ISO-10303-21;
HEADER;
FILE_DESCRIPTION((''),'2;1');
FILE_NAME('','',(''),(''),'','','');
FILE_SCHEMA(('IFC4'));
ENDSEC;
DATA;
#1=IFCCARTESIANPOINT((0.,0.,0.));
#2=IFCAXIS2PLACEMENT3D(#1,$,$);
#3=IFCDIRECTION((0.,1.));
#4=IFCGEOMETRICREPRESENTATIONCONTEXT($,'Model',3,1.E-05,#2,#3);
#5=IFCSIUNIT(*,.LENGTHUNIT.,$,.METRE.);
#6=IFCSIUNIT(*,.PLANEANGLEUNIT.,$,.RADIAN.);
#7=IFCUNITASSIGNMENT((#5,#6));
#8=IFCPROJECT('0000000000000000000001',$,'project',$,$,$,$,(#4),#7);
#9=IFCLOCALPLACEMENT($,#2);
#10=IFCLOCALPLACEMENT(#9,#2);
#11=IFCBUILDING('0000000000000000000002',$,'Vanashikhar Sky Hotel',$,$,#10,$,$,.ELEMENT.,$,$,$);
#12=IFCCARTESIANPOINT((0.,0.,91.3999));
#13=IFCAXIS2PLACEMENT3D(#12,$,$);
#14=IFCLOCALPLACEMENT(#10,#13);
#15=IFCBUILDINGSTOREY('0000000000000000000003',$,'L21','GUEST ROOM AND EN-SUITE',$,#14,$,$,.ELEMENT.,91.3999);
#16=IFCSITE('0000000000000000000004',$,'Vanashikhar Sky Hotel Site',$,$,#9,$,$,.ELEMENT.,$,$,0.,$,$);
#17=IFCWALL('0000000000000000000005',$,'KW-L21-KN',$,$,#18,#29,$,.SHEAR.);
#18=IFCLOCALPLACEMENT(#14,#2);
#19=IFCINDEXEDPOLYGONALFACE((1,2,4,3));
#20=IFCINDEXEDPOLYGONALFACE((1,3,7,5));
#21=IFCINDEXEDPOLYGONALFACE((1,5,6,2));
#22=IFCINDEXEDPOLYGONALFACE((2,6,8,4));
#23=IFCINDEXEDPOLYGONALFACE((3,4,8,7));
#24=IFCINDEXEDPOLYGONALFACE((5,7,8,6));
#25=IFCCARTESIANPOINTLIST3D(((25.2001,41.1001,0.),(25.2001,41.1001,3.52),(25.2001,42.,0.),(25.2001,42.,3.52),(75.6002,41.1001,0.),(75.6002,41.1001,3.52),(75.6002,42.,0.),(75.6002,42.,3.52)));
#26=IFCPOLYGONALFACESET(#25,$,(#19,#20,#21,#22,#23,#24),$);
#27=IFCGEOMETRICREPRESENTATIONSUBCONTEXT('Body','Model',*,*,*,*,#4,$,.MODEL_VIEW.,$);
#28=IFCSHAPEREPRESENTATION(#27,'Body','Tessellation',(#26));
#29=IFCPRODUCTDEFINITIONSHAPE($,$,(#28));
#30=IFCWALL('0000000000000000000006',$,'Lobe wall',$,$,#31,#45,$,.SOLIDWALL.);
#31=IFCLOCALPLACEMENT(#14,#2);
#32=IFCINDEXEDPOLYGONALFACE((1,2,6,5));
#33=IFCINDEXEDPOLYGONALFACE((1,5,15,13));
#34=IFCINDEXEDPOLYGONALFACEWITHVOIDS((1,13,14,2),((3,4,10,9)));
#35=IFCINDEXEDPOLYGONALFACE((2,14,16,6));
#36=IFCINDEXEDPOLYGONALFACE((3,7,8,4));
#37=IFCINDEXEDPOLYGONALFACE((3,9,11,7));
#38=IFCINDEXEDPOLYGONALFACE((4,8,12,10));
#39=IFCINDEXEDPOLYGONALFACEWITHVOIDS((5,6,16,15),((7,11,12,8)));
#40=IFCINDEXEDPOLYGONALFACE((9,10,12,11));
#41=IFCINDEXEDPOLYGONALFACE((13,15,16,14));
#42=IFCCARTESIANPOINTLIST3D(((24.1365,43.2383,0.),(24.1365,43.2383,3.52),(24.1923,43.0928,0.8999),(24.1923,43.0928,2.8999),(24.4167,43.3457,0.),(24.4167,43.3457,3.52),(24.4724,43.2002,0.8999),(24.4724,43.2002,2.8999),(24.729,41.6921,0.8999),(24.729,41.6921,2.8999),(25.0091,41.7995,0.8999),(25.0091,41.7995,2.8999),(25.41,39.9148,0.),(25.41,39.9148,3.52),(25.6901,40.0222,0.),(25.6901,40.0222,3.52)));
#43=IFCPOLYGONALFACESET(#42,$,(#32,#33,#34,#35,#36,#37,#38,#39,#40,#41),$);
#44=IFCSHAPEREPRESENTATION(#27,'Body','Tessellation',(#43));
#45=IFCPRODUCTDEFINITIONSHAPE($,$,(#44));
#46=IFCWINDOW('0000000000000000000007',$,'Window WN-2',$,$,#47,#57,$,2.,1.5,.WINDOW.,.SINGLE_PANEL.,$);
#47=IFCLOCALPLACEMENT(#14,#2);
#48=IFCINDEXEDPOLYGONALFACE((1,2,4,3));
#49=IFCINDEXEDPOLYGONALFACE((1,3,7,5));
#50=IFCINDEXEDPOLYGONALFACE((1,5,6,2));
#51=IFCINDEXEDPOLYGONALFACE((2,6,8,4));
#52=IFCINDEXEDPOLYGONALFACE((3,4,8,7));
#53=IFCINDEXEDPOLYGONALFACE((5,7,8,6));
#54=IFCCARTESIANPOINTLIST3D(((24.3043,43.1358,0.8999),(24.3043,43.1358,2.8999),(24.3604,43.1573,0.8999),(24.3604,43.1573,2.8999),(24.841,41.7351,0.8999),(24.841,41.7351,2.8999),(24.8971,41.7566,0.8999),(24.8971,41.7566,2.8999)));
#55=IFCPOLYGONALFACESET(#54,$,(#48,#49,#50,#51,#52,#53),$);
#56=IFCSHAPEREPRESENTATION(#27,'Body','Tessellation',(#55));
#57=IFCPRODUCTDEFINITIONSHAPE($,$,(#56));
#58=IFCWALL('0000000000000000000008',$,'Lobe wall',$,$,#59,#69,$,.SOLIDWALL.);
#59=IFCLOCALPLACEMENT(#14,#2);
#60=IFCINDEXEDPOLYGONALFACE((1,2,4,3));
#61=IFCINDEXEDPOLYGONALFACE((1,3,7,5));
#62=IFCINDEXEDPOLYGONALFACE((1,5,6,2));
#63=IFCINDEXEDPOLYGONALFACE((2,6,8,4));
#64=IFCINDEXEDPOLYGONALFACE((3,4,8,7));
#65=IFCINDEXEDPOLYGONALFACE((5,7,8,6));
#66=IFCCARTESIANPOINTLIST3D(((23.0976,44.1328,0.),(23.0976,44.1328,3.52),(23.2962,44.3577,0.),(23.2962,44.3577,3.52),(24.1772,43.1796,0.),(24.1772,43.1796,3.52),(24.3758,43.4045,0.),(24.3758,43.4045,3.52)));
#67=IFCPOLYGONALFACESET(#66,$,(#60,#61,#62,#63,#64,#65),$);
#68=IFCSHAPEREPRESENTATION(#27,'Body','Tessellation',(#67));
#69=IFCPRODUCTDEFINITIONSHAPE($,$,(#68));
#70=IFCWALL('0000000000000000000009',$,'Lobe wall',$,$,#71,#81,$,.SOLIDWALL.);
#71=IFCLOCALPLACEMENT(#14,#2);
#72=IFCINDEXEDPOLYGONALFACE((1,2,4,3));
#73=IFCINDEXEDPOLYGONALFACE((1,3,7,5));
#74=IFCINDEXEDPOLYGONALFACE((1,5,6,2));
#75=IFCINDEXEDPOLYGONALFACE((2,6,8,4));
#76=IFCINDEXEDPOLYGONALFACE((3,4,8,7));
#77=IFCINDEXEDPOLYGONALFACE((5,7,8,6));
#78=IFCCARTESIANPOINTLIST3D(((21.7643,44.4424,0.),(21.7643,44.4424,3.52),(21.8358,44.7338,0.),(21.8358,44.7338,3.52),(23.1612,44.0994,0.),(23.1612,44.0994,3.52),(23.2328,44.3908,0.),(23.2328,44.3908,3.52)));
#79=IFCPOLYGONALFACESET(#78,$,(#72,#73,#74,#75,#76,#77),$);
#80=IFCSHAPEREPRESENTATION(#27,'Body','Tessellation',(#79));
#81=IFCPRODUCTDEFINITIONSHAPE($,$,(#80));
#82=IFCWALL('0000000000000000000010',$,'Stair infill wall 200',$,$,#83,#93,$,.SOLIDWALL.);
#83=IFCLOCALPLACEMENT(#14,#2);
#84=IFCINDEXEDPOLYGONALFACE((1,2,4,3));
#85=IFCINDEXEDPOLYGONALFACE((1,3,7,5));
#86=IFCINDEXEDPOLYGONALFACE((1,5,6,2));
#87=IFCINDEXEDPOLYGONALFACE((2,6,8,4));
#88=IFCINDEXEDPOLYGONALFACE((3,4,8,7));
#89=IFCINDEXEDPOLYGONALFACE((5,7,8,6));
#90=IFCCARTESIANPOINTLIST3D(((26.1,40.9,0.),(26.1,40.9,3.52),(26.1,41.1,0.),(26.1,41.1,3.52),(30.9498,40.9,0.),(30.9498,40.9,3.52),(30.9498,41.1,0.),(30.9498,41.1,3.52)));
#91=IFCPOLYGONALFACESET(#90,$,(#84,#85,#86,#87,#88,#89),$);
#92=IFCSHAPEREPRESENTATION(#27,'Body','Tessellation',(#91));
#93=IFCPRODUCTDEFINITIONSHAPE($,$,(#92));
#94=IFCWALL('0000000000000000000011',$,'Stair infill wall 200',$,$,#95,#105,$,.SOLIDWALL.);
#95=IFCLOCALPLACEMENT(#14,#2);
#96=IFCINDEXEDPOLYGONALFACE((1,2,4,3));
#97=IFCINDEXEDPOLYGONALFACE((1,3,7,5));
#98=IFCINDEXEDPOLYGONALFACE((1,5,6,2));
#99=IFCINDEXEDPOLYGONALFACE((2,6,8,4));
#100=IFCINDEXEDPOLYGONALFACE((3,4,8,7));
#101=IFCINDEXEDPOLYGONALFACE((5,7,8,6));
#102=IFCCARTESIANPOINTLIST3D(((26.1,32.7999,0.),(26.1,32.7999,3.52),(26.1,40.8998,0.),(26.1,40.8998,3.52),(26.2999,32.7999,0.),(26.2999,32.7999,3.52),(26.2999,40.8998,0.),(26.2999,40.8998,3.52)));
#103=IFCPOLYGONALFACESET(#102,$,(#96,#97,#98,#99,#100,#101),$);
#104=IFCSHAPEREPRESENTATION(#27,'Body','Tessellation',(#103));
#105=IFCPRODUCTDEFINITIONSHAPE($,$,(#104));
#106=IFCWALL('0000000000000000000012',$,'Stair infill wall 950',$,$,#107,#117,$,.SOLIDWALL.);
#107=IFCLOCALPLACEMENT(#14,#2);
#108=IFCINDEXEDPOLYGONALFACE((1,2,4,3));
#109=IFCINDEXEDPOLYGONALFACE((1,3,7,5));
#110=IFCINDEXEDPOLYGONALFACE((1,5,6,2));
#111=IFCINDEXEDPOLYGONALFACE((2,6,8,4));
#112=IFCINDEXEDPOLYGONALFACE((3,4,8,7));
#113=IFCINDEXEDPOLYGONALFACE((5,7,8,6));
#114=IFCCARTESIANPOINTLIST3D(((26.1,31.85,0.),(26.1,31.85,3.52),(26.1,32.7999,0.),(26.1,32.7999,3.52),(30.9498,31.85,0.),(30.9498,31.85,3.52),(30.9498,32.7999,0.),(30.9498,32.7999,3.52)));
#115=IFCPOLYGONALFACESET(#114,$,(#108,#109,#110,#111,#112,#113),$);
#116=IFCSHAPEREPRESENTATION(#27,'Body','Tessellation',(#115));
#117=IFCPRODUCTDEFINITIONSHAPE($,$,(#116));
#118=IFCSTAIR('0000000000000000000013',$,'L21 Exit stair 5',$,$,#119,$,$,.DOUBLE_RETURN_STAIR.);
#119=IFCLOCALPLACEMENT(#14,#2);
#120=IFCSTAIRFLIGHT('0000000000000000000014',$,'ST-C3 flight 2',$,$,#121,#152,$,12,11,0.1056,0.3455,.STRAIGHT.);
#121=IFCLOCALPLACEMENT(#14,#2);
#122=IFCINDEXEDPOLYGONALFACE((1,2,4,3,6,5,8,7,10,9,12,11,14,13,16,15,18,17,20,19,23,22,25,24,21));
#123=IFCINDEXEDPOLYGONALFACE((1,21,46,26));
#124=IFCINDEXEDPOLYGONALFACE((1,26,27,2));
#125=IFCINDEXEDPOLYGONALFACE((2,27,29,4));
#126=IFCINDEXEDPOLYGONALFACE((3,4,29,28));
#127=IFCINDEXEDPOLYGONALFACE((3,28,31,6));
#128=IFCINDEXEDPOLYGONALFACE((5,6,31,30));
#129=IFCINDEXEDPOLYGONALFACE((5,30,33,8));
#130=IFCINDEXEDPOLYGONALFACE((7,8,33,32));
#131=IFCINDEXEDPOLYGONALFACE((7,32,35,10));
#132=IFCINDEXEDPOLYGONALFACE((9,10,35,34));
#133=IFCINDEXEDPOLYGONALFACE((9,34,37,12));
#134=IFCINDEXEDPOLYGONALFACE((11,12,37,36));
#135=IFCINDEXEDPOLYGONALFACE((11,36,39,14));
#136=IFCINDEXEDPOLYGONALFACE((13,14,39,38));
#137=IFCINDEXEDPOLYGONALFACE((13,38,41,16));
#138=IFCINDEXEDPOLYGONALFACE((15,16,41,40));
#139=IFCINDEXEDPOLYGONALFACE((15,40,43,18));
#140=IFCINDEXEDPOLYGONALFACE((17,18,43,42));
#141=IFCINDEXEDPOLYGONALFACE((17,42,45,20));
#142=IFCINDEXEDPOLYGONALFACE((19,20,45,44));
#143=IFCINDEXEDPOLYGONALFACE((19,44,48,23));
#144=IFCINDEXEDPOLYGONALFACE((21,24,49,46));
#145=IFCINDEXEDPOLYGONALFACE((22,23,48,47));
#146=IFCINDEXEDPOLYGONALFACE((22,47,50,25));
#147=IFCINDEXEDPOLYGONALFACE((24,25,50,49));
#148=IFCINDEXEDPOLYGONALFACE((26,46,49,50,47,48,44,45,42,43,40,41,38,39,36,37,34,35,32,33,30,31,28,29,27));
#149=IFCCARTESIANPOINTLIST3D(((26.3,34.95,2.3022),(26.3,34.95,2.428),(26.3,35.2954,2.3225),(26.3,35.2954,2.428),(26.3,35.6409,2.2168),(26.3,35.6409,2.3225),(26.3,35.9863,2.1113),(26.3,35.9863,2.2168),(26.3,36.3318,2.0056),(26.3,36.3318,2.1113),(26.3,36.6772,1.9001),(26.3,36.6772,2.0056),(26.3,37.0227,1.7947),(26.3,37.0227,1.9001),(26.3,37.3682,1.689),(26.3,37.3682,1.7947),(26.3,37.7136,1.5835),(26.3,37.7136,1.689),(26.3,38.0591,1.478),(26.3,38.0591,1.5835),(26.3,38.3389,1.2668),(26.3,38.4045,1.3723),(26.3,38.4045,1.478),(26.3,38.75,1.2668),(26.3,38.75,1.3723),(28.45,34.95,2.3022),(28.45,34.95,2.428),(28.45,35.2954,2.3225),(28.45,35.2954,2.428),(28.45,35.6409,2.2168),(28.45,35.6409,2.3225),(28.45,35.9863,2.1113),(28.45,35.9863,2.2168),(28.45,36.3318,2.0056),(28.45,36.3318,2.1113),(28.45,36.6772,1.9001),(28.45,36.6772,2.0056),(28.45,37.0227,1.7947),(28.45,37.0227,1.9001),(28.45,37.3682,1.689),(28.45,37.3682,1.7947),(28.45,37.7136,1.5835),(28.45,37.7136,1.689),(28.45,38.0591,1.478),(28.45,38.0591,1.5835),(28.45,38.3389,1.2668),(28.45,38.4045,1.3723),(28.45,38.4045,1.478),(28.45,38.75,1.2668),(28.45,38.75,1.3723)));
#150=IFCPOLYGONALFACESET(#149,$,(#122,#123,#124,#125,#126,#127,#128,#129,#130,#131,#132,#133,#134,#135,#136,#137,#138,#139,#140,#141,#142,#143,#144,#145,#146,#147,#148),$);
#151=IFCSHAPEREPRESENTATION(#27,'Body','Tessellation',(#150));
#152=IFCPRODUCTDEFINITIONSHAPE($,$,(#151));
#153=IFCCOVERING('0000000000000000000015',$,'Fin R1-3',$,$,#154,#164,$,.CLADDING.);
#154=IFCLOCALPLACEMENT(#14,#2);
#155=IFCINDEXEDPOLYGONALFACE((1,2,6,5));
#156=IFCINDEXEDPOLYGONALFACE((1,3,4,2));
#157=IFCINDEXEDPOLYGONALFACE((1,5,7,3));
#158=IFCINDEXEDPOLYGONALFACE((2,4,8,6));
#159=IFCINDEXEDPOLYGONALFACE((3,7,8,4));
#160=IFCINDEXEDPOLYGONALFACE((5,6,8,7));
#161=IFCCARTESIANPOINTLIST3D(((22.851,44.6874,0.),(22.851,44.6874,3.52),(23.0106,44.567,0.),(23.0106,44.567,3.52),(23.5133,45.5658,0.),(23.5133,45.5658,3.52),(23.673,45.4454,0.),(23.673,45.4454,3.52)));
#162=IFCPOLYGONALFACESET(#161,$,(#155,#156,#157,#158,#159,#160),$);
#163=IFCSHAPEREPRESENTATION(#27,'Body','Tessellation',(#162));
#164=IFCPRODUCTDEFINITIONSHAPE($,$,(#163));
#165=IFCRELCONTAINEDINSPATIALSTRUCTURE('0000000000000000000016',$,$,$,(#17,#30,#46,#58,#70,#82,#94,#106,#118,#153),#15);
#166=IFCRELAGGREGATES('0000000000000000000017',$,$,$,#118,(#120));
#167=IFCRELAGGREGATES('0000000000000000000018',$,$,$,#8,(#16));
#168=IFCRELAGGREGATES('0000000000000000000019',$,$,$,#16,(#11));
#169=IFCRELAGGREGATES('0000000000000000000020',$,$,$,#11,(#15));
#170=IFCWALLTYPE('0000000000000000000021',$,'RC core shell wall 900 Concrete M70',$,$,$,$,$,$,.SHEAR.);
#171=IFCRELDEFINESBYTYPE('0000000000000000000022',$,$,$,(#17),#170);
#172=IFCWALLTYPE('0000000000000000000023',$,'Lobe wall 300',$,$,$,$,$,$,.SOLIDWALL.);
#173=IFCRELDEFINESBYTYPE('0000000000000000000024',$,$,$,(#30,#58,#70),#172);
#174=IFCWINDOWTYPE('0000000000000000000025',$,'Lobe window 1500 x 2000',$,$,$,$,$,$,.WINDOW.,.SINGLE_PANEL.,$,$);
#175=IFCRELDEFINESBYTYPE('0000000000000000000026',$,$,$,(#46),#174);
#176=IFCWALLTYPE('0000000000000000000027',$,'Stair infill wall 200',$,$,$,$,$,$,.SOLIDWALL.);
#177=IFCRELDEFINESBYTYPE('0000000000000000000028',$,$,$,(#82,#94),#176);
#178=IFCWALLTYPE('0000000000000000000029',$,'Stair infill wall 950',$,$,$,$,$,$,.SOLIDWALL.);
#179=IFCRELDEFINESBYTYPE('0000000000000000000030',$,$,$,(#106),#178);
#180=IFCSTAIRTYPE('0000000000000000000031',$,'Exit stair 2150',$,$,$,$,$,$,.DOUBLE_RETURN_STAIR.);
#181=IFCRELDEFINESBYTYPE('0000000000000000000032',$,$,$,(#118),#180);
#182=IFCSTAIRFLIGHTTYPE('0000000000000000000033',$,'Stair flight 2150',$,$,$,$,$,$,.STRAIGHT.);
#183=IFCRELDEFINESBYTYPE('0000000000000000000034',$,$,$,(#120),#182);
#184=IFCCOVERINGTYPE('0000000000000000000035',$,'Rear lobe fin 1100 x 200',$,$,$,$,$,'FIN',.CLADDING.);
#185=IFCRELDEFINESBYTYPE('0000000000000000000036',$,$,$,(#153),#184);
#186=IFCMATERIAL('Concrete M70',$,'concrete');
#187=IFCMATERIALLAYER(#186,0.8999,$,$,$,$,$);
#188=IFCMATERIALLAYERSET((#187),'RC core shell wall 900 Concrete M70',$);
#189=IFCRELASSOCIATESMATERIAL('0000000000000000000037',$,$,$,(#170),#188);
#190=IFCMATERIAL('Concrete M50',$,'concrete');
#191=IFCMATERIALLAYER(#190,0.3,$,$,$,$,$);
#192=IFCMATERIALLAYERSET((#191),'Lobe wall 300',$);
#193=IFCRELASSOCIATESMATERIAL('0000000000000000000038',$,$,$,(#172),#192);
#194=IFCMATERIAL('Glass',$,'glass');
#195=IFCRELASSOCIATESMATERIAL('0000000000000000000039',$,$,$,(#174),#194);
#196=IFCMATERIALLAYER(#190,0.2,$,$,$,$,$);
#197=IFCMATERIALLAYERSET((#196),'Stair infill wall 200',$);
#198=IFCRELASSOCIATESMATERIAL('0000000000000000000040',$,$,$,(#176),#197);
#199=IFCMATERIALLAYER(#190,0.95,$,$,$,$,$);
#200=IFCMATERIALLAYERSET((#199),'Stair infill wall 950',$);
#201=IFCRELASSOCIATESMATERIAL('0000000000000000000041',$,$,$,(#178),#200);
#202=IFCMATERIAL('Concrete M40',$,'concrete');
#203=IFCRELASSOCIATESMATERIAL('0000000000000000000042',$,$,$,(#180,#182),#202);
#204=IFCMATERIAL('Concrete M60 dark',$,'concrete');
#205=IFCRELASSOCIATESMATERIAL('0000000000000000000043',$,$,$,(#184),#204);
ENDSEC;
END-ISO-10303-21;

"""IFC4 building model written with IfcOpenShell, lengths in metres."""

from ifc_helpers import new_model, si_unit, direction, frame, frame_2d, origin, origin_2d, place, context, subcontext, project, spatial, polyline, rectangle, outline, extrude, source, transform, mapped, material, layer, layer_set, material_profile, profile_set, type_object, element, fill, aggregate, save


model = new_model("IFC4")

# Units and contexts
model_context = context("Model", 3, precision=1e-05, world=origin(), true_north=direction((0.0, 1.0)))
body_context = subcontext(model_context, "Body", "Model", "MODEL_VIEW")
ifc_project = project(units=[si_unit("LENGTHUNIT", "METRE"), si_unit("PLANEANGLEUNIT", "RADIAN")], contexts=[model_context])

# Site, building, storey
site_placement = place(None, origin())
site = spatial("IfcSite", under=ifc_project, at=site_placement, Name="Vanashikhar Sky Hotel Site", CompositionType="ELEMENT", RefElevation=0.0)
building_placement = place(site_placement, origin())
building = spatial("IfcBuilding", under=site, at=building_placement, Name="Vanashikhar Sky Hotel", CompositionType="ELEMENT")
storey_placement = place(building_placement, frame((0.0, 0.0, 91.3999)))
storey = spatial("IfcBuildingStorey", under=building, at=storey_placement, Name="L21", Description="GUEST ROOM AND EN-SUITE", CompositionType="ELEMENT", Elevation=91.3999)

# Wall
ifc_material_1 = material(Name="Concrete M70", Category="concrete")
ifc_layer_1 = layer(ifc_material_1, 0.8999)
ifc_layer_set_1 = layer_set([ifc_layer_1], Name="RC core shell wall 900 Concrete M70")
wall_type_1 = type_object("IfcWallType", Name="RC core shell wall 900 Concrete M70", PredefinedType="SHEAR", material=ifc_layer_set_1)
shared_shape_1 = source(origin(), body_context, "Body", "SweptSolid", [
    extrude(rectangle(XDim=50.4001, YDim=0.8999, at=frame_2d((25.2002, 0.0))), origin(), (0.0, 0.0, 1.0), 3.52),
])
wall_1_placement = place(storey_placement, frame((25.2, 41.55, 0.0), z_axis=(0.0, 0.0, 1.0), x_axis=(1.0, 0.0, 0.0)))
element("IfcWall", 1, at=wall_1_placement, inside=storey, type_object=wall_type_1, Name="KW-L21-KN", PredefinedType="SHEAR", context=body_context, shape_type="MappedRepresentation", body=[
    mapped(shared_shape_1, transform((0.0, 0.0, 0.0), scale=1.0)),
])

# Wall, opening, window
ifc_material_2 = material(Name="Concrete M50", Category="concrete")
ifc_layer_2 = layer(ifc_material_2, 0.3)
ifc_layer_set_2 = layer_set([ifc_layer_2], Name="Lobe wall 300")
wall_type_2 = type_object("IfcWallType", Name="Lobe wall 300", PredefinedType="SOLIDWALL", material=ifc_layer_set_2)
shared_shape_2 = source(origin(), body_context, "Body", "SweptSolid", [
    extrude(rectangle(XDim=3.5591, YDim=0.3, at=frame_2d((1.7795, 0.0))), origin(), (0.0, 0.0, 1.0), 3.52),
])
wall_2_placement = place(storey_placement, frame((25.55, 39.9685, 0.0), z_axis=(0.0, 0.0, 1.0), x_axis=(-0.357797, 0.933799, 0.0)))
wall_2 = element("IfcWall", 2, at=wall_2_placement, inside=storey, type_object=wall_type_2, Name="Lobe wall", PredefinedType="SOLIDWALL", context=body_context, shape_type="MappedRepresentation", body=[
    mapped(shared_shape_2, transform((0.0, 0.0, 0.0), scale=1.0)),
])
shared_shape_3 = source(origin(), body_context, "Body", "SweptSolid", [
    extrude(rectangle(XDim=1.5, YDim=2.0, at=frame_2d((0.75, 1.0))), frame((0.0, 0.1602, 0.0), z_axis=(0.0, -1.0, 0.0), x_axis=(1.0, 0.0, 0.0)), (0.0, 0.0, 1.0), 0.3201),
])
opening_placement = place(wall_2_placement, frame((1.9033, 0.0, 0.8999)))
opening = element("IfcOpeningElement", 3, at=opening_placement, cuts=wall_2, PredefinedType="OPENING", context=body_context, shape_type="MappedRepresentation", body=[
    mapped(shared_shape_3, transform((0.0, 0.0, 0.0), scale=1.0)),
])
ifc_material_3 = material(Name="Glass", Category="glass")
window_type = type_object("IfcWindowType", Name="Lobe window 1500 x 2000", PartitioningType="SINGLE_PANEL", PredefinedType="WINDOW", material=ifc_material_3)
shared_shape_4 = source(origin(), body_context, "Body", "SweptSolid", [
    extrude(rectangle(XDim=1.5, YDim=2.0, at=frame_2d((0.75, 1.0))), frame((0.0, 0.03, 0.0), z_axis=(0.0, -1.0, 0.0), x_axis=(1.0, 0.0, 0.0)), (0.0, 0.0, 1.0), 0.0601),
])
window_placement = place(opening_placement, origin())
window = element("IfcWindow", 4, at=window_placement, inside=storey, type_object=window_type, Name="Window WN-2", OverallHeight=2.0, OverallWidth=1.5, PartitioningType="SINGLE_PANEL", PredefinedType="WINDOW", context=body_context, shape_type="MappedRepresentation", body=[
    mapped(shared_shape_4, transform((0.0, 0.0, 0.0), scale=1.0)),
])
fill(opening, window)

# Walls
shared_shape_5 = source(origin(), body_context, "Body", "SweptSolid", [
    extrude(rectangle(XDim=1.4402, YDim=0.3, at=frame_2d((0.7202, 0.0))), origin(), (0.0, 0.0, 1.0), 3.52),
])
wall_3_placement = place(storey_placement, frame((24.2766, 43.292, 0.0), z_axis=(0.0, 0.0, 1.0), x_axis=(-0.74965, 0.661835, 0.0)))
element("IfcWall", 5, at=wall_3_placement, inside=storey, type_object=wall_type_2, Name="Lobe wall", PredefinedType="SOLIDWALL", context=body_context, shape_type="MappedRepresentation", body=[
    mapped(shared_shape_5, transform((0.0, 0.0, 0.0), scale=1.0)),
])
shared_shape_6 = source(origin(), body_context, "Body", "SweptSolid", [
    extrude(rectangle(XDim=1.4385, YDim=0.3, at=frame_2d((0.7192, 0.0))), origin(), (0.0, 0.0, 1.0), 3.52),
])
wall_4_placement = place(storey_placement, frame((23.197, 44.2451, 0.0), z_axis=(0.0, 0.0, 1.0), x_axis=(-0.971152, 0.23846, 0.0)))
element("IfcWall", 6, at=wall_4_placement, inside=storey, type_object=wall_type_2, Name="Lobe wall", PredefinedType="SOLIDWALL", context=body_context, shape_type="MappedRepresentation", body=[
    mapped(shared_shape_6, transform((0.0, 0.0, 0.0), scale=1.0)),
])
ifc_layer_3 = layer(ifc_material_2, 0.2)
ifc_layer_set_3 = layer_set([ifc_layer_3], Name="Stair infill wall 200")
wall_type_3 = type_object("IfcWallType", Name="Stair infill wall 200", PredefinedType="SOLIDWALL", material=ifc_layer_set_3)
shared_shape_7 = source(origin(), body_context, "Body", "SweptSolid", [
    extrude(rectangle(XDim=4.8499, YDim=0.2, at=frame_2d((2.4248, 0.0))), origin(), (0.0, 0.0, 1.0), 3.52),
])
wall_5_placement = place(storey_placement, frame((26.1001, 41.0, 0.0), z_axis=(0.0, 0.0, 1.0), x_axis=(1.0, 0.0, 0.0)))
element("IfcWall", 7, at=wall_5_placement, inside=storey, type_object=wall_type_3, Name="Stair infill wall 200", PredefinedType="SOLIDWALL", context=body_context, shape_type="MappedRepresentation", body=[
    mapped(shared_shape_7, transform((0.0, 0.0, 0.0), scale=1.0)),
])
shared_shape_8 = source(origin(), body_context, "Body", "SweptSolid", [
    extrude(rectangle(XDim=8.0999, YDim=0.2, at=frame_2d((4.0498, 0.0))), origin(), (0.0, 0.0, 1.0), 3.52),
])
wall_6_placement = place(storey_placement, frame((26.2, 32.8, 0.0), z_axis=(0.0, 0.0, 1.0), x_axis=(0.0, 1.0, 0.0)))
element("IfcWall", 8, at=wall_6_placement, inside=storey, type_object=wall_type_3, Name="Stair infill wall 200", PredefinedType="SOLIDWALL", context=body_context, shape_type="MappedRepresentation", body=[
    mapped(shared_shape_8, transform((0.0, 0.0, 0.0), scale=1.0)),
])
ifc_layer_4 = layer(ifc_material_2, 0.95)
ifc_layer_set_4 = layer_set([ifc_layer_4], Name="Stair infill wall 950")
wall_type_4 = type_object("IfcWallType", Name="Stair infill wall 950", PredefinedType="SOLIDWALL", material=ifc_layer_set_4)
shared_shape_9 = source(origin(), body_context, "Body", "SweptSolid", [
    extrude(rectangle(XDim=4.8499, YDim=0.95, at=frame_2d((2.4248, 0.0))), origin(), (0.0, 0.0, 1.0), 3.52),
])
wall_7_placement = place(storey_placement, frame((26.1001, 32.325, 0.0), z_axis=(0.0, 0.0, 1.0), x_axis=(1.0, 0.0, 0.0)))
element("IfcWall", 9, at=wall_7_placement, inside=storey, type_object=wall_type_4, Name="Stair infill wall 950", PredefinedType="SOLIDWALL", context=body_context, shape_type="MappedRepresentation", body=[
    mapped(shared_shape_9, transform((0.0, 0.0, 0.0), scale=1.0)),
])

# Stair, stair flight
ifc_material_4 = material(Name="Concrete M40", Category="concrete")
stair_type = type_object("IfcStairType", Name="Exit stair 2150", PredefinedType="DOUBLE_RETURN_STAIR", material=ifc_material_4)
stair_placement = place(storey_placement, origin())
stair = element("IfcStair", 10, at=stair_placement, inside=storey, type_object=stair_type, Name="L21 Exit stair 5", PredefinedType="DOUBLE_RETURN_STAIR")
stair_flight_type = type_object("IfcStairFlightType", Name="Stair flight 2150", PredefinedType="STRAIGHT", material=ifc_material_4)
shared_shape_10 = source(origin(), body_context, "Body", "SweptSolid", [
    extrude(outline(polyline([(0.0, 0.0), (0.0, 0.1055), (0.3455, 0.1055), (0.3455, 0.2112), (0.6909, 0.2112), (0.6909, 0.3167), (1.0364, 0.3167), (1.0364, 0.4221), (1.3818, 0.4221), (1.3818, 0.5278), (1.7273, 0.5278), (1.7273, 0.6333), (2.0728, 0.6333), (2.0728, 0.7388), (2.4182, 0.7388), (2.4182, 0.8445), (2.7637, 0.8445), (2.7637, 0.95), (3.1091, 0.95), (3.1091, 1.0557), (3.4546, 1.0557), (3.4546, 1.1611), (3.8, 1.1611), (3.8, 1.2666), (3.8, 1.0354), (0.4111, 0.0), (0.0, 0.0)])), frame((0.0, 1.075, 0.0), z_axis=(0.0, -1.0, 0.0), x_axis=(1.0, 0.0, 0.0)), (0.0, 0.0, 1.0), 2.1499),
])
stair_flight_placement = place(storey_placement, frame((27.375, 38.75, 1.2668), z_axis=(0.0, 0.0, 1.0), x_axis=(0.0, -1.0, 0.0)))
stair_flight = element("IfcStairFlight", 11, at=stair_flight_placement, type_object=stair_flight_type, Name="ST-C3 flight 2", NumberOfRisers=12, NumberOfTreads=11, PredefinedType="STRAIGHT", RiserHeight=0.1056, TreadLength=0.3455, context=body_context, shape_type="MappedRepresentation", body=[
    mapped(shared_shape_10, transform((0.0, 0.0, 0.0), scale=1.0)),
])
aggregate(stair, [stair_flight])

# Covering
ifc_material_5 = material(Name="Concrete M60 dark", Category="concrete")
ifc_material_profile = material_profile(ifc_material_5, rectangle(XDim=1.1001, YDim=0.2, at=origin_2d()))
ifc_profile_set = profile_set([ifc_material_profile], Name="Rear lobe fin 1100 x 200")
covering_type = type_object("IfcCoveringType", Name="Rear lobe fin 1100 x 200", ElementType="FIN", PredefinedType="CLADDING", material=ifc_profile_set)
shared_shape_11 = source(origin(), body_context, "Body", "SweptSolid", [
    extrude(rectangle(XDim=1.1001, YDim=0.2, at=origin_2d()), origin(), (0.0, 0.0, 1.0), 3.52),
])
for number, where, z_axis, x_axis, name in (
    (12, (23.262, 45.0664, 0.0), (0.0, 0.0, 1.0), (0.602066, 0.798446, 0.0), "Fin R1-3"),
):
    element("IfcCovering", number, at=place(storey_placement, frame(where, z_axis=z_axis, x_axis=x_axis)), inside=storey, type_object=covering_type, Name=name, PredefinedType="CLADDING", context=body_context, shape_type="MappedRepresentation", body=[
        mapped(shared_shape_11, transform((0.0, 0.0, 0.0), scale=1.0)),
    ])

save(model, "model.ifc")
